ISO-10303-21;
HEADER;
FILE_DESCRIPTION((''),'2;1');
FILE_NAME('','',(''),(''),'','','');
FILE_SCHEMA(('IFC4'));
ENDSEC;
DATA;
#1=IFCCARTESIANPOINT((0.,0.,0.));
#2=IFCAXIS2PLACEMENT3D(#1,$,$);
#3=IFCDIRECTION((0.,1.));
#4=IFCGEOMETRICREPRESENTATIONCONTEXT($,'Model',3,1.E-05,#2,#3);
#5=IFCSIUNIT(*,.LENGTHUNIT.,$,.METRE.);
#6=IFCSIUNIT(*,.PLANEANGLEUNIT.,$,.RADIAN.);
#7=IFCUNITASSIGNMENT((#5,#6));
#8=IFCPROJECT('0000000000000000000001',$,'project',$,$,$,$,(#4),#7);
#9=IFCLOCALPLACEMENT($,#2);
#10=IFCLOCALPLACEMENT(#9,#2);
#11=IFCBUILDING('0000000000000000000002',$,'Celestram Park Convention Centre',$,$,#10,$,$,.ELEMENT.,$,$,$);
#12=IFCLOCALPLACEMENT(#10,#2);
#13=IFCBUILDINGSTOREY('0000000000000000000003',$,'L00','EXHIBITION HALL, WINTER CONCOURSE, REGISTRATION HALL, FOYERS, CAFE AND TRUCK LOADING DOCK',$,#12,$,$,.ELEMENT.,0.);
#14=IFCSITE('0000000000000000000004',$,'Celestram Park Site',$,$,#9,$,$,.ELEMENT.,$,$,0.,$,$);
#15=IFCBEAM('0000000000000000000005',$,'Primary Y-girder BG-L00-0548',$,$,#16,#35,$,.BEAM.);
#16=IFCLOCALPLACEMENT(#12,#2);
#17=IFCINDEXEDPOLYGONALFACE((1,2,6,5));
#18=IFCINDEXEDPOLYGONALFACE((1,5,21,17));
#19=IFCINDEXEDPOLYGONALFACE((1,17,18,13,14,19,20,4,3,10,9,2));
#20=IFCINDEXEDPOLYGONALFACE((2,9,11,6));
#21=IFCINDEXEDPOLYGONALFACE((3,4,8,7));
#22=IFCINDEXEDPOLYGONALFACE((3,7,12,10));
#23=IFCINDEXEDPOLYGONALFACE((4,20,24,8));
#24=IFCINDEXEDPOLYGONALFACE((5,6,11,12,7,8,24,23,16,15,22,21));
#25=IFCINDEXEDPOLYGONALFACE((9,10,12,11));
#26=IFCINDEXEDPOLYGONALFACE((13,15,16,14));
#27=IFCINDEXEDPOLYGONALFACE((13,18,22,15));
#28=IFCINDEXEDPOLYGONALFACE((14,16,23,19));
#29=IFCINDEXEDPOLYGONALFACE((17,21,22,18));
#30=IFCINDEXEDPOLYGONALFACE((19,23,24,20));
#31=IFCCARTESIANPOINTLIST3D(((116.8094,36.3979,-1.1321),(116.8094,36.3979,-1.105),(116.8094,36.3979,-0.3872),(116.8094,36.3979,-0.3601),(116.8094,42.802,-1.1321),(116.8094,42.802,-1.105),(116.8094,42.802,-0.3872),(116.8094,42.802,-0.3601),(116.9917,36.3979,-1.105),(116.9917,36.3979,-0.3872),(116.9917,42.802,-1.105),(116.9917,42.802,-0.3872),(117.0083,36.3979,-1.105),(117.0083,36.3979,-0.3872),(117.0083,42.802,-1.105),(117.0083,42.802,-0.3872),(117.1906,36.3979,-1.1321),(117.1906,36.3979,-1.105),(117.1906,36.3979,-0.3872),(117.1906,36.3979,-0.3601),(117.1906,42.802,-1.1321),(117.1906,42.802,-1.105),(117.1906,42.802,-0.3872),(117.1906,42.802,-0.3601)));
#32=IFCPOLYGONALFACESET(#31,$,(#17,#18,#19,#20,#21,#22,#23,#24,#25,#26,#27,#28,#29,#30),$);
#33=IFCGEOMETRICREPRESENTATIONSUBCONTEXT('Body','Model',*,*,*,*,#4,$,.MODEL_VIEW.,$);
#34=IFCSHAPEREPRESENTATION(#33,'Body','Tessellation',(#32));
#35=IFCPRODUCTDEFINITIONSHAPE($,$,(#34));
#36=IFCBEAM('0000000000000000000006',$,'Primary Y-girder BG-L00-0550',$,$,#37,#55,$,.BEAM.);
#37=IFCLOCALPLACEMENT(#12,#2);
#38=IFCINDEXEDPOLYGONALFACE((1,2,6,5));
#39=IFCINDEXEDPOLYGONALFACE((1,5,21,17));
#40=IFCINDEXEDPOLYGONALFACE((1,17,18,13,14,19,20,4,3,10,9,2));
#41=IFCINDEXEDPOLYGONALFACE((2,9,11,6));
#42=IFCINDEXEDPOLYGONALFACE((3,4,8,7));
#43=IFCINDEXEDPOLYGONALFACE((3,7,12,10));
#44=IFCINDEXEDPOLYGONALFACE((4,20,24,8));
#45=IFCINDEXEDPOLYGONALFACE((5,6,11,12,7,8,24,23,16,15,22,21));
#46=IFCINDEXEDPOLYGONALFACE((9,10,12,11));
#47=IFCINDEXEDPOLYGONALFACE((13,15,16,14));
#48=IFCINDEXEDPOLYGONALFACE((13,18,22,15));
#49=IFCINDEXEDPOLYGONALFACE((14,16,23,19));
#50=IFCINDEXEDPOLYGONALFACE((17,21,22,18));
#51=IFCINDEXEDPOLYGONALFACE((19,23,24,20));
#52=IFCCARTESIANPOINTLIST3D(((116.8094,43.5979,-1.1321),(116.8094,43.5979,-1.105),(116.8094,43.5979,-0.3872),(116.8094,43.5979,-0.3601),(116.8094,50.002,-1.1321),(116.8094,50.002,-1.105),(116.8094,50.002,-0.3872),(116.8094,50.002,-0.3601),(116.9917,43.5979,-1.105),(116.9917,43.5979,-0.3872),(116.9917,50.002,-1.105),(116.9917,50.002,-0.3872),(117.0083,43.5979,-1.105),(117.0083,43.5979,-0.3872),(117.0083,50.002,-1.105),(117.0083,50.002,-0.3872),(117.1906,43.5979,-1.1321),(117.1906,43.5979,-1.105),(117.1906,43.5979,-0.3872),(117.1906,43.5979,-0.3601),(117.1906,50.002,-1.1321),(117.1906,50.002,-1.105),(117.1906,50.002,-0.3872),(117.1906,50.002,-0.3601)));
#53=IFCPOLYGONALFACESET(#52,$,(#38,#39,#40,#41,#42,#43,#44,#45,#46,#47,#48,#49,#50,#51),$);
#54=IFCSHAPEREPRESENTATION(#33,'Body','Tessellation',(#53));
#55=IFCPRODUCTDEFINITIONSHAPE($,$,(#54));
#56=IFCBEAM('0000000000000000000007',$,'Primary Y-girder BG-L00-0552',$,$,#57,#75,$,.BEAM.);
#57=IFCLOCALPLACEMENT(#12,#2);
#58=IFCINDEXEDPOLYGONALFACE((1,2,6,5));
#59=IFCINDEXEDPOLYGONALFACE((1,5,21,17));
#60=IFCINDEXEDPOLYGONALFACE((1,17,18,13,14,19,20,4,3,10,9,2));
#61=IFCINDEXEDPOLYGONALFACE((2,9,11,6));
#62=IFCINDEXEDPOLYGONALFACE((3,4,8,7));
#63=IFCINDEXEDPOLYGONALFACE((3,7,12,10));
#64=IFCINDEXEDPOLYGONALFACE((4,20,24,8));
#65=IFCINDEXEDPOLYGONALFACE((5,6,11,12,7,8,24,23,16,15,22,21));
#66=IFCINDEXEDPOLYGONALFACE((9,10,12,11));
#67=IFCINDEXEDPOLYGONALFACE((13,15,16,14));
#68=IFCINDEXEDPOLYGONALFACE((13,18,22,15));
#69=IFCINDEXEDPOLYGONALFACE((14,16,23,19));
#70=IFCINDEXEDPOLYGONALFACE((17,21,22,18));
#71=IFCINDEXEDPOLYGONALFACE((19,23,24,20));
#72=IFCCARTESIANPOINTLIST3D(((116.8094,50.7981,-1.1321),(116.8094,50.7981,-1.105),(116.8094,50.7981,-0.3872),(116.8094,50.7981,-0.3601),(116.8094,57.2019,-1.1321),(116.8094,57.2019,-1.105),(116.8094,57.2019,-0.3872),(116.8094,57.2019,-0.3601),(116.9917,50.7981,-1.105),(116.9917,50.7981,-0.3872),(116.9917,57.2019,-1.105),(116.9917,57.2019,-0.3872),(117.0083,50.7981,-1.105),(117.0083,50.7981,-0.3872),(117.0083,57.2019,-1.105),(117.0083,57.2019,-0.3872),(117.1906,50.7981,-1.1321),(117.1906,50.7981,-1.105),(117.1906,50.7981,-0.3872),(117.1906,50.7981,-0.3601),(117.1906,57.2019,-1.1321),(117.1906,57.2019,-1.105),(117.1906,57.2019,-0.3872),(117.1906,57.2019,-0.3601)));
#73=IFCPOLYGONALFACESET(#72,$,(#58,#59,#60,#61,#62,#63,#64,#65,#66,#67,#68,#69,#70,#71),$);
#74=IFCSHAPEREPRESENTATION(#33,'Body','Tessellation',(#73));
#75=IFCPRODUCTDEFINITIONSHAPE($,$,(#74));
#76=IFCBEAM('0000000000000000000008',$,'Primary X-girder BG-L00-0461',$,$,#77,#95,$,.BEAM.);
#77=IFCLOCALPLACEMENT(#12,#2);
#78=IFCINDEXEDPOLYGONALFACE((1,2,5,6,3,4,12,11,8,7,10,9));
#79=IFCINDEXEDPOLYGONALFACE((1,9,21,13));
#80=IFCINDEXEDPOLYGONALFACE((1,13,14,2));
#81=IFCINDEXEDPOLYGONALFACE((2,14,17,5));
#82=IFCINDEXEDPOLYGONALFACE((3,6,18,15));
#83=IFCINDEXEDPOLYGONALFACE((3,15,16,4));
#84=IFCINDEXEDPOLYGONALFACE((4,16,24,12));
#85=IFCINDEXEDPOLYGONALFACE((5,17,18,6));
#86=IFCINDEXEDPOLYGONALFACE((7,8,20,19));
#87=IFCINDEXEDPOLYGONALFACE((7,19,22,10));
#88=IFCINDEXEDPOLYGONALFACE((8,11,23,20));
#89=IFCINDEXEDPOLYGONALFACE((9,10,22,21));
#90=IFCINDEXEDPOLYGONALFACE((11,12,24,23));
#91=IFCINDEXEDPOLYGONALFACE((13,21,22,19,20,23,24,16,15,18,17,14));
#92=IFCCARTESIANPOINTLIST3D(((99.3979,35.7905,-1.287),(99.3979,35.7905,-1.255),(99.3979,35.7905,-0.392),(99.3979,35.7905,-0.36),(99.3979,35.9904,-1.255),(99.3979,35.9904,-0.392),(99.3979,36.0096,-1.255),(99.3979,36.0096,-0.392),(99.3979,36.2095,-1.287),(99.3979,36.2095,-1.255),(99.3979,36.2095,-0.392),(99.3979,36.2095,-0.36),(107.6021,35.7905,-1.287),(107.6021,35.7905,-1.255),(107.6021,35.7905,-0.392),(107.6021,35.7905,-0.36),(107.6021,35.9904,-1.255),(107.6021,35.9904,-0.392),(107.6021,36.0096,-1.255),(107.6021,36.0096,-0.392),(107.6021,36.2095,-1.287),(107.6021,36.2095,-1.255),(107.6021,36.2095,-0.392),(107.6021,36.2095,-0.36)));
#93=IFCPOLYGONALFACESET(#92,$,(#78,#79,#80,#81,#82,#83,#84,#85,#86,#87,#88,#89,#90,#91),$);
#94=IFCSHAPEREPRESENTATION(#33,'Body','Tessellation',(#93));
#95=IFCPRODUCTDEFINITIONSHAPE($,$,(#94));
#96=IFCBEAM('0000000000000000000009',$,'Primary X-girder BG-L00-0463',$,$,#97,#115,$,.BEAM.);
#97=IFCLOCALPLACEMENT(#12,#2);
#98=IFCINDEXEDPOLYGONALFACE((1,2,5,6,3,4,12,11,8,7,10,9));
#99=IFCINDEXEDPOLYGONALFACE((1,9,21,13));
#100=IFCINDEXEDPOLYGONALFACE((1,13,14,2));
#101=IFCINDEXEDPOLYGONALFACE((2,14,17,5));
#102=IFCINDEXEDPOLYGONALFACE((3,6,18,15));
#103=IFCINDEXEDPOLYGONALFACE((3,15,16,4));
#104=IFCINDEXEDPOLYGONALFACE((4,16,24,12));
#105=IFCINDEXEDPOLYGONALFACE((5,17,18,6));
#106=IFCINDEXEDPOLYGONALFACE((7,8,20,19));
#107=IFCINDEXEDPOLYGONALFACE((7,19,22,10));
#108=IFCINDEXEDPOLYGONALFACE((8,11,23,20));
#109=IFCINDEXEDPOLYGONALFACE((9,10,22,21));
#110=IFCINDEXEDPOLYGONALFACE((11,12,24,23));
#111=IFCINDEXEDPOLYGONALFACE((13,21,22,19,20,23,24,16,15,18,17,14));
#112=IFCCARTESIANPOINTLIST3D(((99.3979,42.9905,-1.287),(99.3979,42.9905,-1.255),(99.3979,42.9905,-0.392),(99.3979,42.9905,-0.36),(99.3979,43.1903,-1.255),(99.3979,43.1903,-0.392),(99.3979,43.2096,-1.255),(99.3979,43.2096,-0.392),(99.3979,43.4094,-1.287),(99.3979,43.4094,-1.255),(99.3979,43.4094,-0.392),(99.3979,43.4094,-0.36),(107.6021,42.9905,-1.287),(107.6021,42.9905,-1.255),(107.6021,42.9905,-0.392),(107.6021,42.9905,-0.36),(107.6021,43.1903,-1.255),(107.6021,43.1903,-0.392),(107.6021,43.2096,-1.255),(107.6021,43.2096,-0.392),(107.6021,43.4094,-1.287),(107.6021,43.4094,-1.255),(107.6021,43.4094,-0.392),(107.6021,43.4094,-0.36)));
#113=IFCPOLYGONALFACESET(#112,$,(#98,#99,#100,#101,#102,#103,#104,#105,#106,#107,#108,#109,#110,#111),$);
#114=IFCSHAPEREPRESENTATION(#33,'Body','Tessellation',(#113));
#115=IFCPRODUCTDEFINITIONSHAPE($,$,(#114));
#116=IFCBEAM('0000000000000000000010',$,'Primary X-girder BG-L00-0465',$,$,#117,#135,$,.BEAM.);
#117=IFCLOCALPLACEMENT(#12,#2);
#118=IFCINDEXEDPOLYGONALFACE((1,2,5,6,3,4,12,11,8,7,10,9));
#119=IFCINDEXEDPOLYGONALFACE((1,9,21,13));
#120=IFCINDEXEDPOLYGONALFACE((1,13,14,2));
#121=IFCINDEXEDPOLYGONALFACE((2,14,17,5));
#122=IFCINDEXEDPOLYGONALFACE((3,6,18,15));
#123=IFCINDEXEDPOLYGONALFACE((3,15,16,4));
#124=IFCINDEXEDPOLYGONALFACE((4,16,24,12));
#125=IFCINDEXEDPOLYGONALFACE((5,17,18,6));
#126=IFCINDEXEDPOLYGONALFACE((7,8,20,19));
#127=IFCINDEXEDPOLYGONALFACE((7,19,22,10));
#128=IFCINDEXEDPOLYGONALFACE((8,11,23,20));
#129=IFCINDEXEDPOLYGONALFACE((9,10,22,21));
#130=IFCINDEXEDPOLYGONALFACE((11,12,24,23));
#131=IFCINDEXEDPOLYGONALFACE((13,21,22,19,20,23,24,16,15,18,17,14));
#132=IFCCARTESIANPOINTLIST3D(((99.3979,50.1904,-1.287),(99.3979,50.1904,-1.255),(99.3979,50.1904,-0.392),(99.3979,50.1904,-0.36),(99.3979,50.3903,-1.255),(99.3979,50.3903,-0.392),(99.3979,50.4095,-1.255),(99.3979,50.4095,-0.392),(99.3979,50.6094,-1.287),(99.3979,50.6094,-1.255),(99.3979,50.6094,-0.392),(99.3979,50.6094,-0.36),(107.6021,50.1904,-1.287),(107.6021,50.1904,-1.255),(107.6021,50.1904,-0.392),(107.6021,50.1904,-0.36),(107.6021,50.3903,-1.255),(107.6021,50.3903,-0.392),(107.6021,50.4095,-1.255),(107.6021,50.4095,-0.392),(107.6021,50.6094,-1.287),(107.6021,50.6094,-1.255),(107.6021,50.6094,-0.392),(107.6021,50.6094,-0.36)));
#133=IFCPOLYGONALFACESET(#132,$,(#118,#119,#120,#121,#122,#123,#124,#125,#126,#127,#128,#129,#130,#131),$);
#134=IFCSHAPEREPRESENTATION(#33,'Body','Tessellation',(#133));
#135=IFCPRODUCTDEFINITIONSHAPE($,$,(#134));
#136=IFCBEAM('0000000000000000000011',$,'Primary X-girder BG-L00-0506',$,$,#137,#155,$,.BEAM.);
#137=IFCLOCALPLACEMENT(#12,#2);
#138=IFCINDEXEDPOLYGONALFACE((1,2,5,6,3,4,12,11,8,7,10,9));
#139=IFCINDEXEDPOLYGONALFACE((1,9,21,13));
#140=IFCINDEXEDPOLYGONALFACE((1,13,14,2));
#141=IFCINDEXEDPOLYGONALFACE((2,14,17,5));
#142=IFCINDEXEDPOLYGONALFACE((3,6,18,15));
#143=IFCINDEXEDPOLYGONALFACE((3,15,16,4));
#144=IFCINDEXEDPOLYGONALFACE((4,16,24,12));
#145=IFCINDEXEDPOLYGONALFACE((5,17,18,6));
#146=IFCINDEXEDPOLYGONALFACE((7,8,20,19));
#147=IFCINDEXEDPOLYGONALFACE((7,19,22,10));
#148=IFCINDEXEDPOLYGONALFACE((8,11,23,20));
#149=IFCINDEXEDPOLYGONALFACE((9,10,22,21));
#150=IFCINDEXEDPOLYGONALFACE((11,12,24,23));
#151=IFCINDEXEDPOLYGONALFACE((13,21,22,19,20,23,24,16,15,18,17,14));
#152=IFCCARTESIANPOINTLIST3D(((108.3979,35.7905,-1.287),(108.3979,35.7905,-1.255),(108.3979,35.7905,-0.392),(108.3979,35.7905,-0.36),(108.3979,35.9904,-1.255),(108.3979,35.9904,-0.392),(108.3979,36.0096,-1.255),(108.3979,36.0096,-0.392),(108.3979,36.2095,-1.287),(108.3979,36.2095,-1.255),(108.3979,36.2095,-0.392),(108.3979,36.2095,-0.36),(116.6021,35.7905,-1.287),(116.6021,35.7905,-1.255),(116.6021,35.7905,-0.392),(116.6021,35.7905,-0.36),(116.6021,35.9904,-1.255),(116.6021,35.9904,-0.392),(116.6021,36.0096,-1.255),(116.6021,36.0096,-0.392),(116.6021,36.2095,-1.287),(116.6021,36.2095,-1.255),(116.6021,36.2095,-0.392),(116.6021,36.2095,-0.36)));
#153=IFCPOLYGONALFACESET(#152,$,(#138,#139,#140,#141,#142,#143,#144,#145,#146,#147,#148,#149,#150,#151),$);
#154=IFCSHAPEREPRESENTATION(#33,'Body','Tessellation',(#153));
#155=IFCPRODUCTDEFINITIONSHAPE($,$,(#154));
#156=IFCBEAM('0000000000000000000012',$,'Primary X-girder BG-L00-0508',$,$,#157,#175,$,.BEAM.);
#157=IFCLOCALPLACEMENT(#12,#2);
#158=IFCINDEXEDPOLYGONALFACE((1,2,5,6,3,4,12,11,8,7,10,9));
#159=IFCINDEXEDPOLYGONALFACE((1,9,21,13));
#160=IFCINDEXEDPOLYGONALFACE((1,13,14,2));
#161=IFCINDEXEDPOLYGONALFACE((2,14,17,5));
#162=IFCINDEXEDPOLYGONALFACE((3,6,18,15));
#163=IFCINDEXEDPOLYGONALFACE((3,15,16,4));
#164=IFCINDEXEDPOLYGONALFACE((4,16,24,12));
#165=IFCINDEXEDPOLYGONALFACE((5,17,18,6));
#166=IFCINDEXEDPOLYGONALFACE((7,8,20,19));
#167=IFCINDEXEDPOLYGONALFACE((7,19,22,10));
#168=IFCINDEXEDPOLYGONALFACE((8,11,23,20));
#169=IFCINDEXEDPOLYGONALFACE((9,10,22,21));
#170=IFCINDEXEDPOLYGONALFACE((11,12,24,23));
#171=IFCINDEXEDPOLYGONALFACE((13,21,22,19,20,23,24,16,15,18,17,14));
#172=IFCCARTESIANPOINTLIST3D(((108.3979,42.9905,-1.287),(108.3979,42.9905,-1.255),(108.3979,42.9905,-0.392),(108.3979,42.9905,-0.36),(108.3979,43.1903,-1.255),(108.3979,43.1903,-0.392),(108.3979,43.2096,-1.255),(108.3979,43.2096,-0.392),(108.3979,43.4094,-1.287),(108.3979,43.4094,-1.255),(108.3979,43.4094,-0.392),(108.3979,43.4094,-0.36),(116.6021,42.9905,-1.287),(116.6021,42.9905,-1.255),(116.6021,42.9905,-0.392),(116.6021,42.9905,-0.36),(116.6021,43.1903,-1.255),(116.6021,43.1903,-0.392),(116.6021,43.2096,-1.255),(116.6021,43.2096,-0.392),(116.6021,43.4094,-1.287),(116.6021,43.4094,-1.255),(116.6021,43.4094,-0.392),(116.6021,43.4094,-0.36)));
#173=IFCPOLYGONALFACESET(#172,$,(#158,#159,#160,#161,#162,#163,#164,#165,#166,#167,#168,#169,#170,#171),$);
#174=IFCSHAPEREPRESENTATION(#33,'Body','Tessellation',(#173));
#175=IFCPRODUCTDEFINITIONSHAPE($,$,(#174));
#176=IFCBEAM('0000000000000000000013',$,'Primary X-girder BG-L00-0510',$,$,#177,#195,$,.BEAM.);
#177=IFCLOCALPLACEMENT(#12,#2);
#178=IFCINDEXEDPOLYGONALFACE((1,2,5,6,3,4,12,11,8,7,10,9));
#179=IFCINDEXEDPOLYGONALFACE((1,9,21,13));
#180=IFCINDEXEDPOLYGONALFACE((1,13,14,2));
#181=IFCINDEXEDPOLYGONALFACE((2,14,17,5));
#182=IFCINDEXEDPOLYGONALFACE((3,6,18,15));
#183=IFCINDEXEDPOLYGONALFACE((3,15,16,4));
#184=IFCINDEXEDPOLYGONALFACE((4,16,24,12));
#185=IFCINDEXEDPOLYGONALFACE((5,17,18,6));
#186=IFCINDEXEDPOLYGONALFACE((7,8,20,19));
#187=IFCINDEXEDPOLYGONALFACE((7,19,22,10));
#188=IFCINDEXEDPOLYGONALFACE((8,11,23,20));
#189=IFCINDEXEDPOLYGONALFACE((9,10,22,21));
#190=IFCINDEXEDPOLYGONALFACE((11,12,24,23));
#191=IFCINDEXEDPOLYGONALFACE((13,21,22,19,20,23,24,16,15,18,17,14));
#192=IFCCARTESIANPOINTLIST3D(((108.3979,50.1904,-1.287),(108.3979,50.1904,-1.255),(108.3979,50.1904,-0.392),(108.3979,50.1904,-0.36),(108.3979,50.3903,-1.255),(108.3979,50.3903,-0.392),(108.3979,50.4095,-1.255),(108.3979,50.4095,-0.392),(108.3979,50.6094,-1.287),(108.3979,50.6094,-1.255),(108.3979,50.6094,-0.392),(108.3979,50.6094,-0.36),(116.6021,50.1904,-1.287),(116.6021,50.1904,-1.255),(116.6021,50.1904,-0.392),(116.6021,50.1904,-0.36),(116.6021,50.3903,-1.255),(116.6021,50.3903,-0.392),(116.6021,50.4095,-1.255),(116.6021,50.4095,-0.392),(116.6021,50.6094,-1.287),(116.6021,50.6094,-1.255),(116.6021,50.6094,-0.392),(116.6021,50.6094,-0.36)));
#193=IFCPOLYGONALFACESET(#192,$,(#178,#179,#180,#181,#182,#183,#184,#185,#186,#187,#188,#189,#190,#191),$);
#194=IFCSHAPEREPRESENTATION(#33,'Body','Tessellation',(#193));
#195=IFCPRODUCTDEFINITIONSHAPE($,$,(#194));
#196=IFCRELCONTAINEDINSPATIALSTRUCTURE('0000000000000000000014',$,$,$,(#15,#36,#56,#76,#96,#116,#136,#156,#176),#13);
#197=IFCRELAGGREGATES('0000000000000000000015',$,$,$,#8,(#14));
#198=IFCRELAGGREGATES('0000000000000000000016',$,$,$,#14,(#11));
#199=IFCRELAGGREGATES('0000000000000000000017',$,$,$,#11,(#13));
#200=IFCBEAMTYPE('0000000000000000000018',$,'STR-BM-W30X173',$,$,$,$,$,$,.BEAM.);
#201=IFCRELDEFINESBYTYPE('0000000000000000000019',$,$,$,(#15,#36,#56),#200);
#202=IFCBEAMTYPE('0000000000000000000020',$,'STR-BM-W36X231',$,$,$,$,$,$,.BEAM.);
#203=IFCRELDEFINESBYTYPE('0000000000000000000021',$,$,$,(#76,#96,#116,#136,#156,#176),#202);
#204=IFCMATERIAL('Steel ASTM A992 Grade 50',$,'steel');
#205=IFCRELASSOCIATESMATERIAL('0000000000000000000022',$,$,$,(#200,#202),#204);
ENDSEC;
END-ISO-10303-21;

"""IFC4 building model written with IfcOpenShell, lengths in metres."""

from ifc_helpers import new_model, si_unit, direction, frame, origin, origin_2d, place, context, subcontext, project, spatial, i_section, extrude, material, material_profile, profile_set, type_object, element, save


model = new_model("IFC4")

# Units and contexts
model_context = context("Model", 3, precision=1e-05, world=origin(), true_north=direction((0.0, 1.0)))
body_context = subcontext(model_context, "Body", "Model", "MODEL_VIEW")
ifc_project = project(units=[si_unit("LENGTHUNIT", "METRE"), si_unit("PLANEANGLEUNIT", "RADIAN")], contexts=[model_context])

# Site, building, storey
site_placement = place(None, origin())
site = spatial("IfcSite", under=ifc_project, at=site_placement, Name="Celestram Park Site", CompositionType="ELEMENT", RefElevation=0.0)
building_placement = place(site_placement, origin())
building = spatial("IfcBuilding", under=site, at=building_placement, Name="Celestram Park Convention Centre", CompositionType="ELEMENT")
storey_placement = place(building_placement, origin())
storey = spatial("IfcBuildingStorey", under=building, at=storey_placement, Name="L00", Description="EXHIBITION HALL, WINTER CONCOURSE, REGISTRATION HALL, FOYERS, CAFE AND TRUCK LOADING DOCK", CompositionType="ELEMENT", Elevation=0.0)

# Beams
ifc_material_1 = material(Name="Steel ASTM A992 Grade 50", Category="steel")
ifc_material_profile_1 = material_profile(ifc_material_1, i_section(OverallWidth=0.3811, OverallDepth=0.772, WebThickness=0.0166, FlangeThickness=0.0271, at=origin_2d()), Name="W30X173")
ifc_profile_set_1 = profile_set([ifc_material_profile_1], Name="Steel ASTM A992 Grade 50")
beam_type_1 = type_object("IfcBeamType", Name="STR-BM-W30X173", PredefinedType="BEAM", material=ifc_profile_set_1)
for number, where, z_axis, x_axis, name in (
    (1, (117.0, 36.3979, -0.7461), (0.0, 1.0, 0.0), (-1.0, 0.0, 0.0), "Primary Y-girder BG-L00-0548"),
    (2, (117.0, 43.5979, -0.7461), (0.0, 1.0, 0.0), (-1.0, 0.0, 0.0), "Primary Y-girder BG-L00-0550"),
):
    element("IfcBeam", number, at=place(storey_placement, frame(where, z_axis=z_axis, x_axis=x_axis)), inside=storey, type_object=beam_type_1, Name=name, PredefinedType="BEAM", context=body_context, shape_type="SweptSolid", body=[
        extrude(i_section(OverallWidth=0.3811, OverallDepth=0.772, WebThickness=0.0166, FlangeThickness=0.0271, at=origin_2d()), origin(), (0.0, 0.0, 1.0), 6.4041),
    ])
beam_1_placement = place(storey_placement, frame((117.0, 50.7981, -0.7461), z_axis=(0.0, 1.0, 0.0), x_axis=(-1.0, 0.0, 0.0)))
element("IfcBeam", 3, at=beam_1_placement, inside=storey, type_object=beam_type_1, Name="Primary Y-girder BG-L00-0552", PredefinedType="BEAM", context=body_context, shape_type="SweptSolid", body=[
    extrude(i_section(OverallWidth=0.3811, OverallDepth=0.772, WebThickness=0.0166, FlangeThickness=0.0271, at=origin_2d()), origin(), (0.0, 0.0, 1.0), 6.4038),
])
ifc_material_profile_2 = material_profile(ifc_material_1, i_section(OverallWidth=0.4189, OverallDepth=0.927, WebThickness=0.0193, FlangeThickness=0.032, at=origin_2d()), Name="W36X231")
ifc_profile_set_2 = profile_set([ifc_material_profile_2], Name="Steel ASTM A992 Grade 50")
beam_type_2 = type_object("IfcBeamType", Name="STR-BM-W36X231", PredefinedType="BEAM", material=ifc_profile_set_2)
for number, where, z_axis, x_axis, name in (
    (4, (99.3979, 36.0, -0.8235), (1.0, 0.0, 0.0), (0.0, 1.0, 0.0), "Primary X-girder BG-L00-0461"),
    (5, (99.3979, 43.2, -0.8235), (1.0, 0.0, 0.0), (0.0, 1.0, 0.0), "Primary X-girder BG-L00-0463"),
    (6, (99.3979, 50.3999, -0.8235), (1.0, 0.0, 0.0), (0.0, 1.0, 0.0), "Primary X-girder BG-L00-0465"),
    (7, (108.3979, 36.0, -0.8235), (1.0, 0.0, 0.0), (0.0, 1.0, 0.0), "Primary X-girder BG-L00-0506"),
    (8, (108.3979, 43.2, -0.8235), (1.0, 0.0, 0.0), (0.0, 1.0, 0.0), "Primary X-girder BG-L00-0508"),
    (9, (108.3979, 50.3999, -0.8235), (1.0, 0.0, 0.0), (0.0, 1.0, 0.0), "Primary X-girder BG-L00-0510"),
):
    element("IfcBeam", number, at=place(storey_placement, frame(where, z_axis=z_axis, x_axis=x_axis)), inside=storey, type_object=beam_type_2, Name=name, PredefinedType="BEAM", context=body_context, shape_type="SweptSolid", body=[
        extrude(i_section(OverallWidth=0.4189, OverallDepth=0.927, WebThickness=0.0193, FlangeThickness=0.032, at=origin_2d()), origin(), (0.0, 0.0, 1.0), 8.2041),
    ])

save(model, "model.ifc")
